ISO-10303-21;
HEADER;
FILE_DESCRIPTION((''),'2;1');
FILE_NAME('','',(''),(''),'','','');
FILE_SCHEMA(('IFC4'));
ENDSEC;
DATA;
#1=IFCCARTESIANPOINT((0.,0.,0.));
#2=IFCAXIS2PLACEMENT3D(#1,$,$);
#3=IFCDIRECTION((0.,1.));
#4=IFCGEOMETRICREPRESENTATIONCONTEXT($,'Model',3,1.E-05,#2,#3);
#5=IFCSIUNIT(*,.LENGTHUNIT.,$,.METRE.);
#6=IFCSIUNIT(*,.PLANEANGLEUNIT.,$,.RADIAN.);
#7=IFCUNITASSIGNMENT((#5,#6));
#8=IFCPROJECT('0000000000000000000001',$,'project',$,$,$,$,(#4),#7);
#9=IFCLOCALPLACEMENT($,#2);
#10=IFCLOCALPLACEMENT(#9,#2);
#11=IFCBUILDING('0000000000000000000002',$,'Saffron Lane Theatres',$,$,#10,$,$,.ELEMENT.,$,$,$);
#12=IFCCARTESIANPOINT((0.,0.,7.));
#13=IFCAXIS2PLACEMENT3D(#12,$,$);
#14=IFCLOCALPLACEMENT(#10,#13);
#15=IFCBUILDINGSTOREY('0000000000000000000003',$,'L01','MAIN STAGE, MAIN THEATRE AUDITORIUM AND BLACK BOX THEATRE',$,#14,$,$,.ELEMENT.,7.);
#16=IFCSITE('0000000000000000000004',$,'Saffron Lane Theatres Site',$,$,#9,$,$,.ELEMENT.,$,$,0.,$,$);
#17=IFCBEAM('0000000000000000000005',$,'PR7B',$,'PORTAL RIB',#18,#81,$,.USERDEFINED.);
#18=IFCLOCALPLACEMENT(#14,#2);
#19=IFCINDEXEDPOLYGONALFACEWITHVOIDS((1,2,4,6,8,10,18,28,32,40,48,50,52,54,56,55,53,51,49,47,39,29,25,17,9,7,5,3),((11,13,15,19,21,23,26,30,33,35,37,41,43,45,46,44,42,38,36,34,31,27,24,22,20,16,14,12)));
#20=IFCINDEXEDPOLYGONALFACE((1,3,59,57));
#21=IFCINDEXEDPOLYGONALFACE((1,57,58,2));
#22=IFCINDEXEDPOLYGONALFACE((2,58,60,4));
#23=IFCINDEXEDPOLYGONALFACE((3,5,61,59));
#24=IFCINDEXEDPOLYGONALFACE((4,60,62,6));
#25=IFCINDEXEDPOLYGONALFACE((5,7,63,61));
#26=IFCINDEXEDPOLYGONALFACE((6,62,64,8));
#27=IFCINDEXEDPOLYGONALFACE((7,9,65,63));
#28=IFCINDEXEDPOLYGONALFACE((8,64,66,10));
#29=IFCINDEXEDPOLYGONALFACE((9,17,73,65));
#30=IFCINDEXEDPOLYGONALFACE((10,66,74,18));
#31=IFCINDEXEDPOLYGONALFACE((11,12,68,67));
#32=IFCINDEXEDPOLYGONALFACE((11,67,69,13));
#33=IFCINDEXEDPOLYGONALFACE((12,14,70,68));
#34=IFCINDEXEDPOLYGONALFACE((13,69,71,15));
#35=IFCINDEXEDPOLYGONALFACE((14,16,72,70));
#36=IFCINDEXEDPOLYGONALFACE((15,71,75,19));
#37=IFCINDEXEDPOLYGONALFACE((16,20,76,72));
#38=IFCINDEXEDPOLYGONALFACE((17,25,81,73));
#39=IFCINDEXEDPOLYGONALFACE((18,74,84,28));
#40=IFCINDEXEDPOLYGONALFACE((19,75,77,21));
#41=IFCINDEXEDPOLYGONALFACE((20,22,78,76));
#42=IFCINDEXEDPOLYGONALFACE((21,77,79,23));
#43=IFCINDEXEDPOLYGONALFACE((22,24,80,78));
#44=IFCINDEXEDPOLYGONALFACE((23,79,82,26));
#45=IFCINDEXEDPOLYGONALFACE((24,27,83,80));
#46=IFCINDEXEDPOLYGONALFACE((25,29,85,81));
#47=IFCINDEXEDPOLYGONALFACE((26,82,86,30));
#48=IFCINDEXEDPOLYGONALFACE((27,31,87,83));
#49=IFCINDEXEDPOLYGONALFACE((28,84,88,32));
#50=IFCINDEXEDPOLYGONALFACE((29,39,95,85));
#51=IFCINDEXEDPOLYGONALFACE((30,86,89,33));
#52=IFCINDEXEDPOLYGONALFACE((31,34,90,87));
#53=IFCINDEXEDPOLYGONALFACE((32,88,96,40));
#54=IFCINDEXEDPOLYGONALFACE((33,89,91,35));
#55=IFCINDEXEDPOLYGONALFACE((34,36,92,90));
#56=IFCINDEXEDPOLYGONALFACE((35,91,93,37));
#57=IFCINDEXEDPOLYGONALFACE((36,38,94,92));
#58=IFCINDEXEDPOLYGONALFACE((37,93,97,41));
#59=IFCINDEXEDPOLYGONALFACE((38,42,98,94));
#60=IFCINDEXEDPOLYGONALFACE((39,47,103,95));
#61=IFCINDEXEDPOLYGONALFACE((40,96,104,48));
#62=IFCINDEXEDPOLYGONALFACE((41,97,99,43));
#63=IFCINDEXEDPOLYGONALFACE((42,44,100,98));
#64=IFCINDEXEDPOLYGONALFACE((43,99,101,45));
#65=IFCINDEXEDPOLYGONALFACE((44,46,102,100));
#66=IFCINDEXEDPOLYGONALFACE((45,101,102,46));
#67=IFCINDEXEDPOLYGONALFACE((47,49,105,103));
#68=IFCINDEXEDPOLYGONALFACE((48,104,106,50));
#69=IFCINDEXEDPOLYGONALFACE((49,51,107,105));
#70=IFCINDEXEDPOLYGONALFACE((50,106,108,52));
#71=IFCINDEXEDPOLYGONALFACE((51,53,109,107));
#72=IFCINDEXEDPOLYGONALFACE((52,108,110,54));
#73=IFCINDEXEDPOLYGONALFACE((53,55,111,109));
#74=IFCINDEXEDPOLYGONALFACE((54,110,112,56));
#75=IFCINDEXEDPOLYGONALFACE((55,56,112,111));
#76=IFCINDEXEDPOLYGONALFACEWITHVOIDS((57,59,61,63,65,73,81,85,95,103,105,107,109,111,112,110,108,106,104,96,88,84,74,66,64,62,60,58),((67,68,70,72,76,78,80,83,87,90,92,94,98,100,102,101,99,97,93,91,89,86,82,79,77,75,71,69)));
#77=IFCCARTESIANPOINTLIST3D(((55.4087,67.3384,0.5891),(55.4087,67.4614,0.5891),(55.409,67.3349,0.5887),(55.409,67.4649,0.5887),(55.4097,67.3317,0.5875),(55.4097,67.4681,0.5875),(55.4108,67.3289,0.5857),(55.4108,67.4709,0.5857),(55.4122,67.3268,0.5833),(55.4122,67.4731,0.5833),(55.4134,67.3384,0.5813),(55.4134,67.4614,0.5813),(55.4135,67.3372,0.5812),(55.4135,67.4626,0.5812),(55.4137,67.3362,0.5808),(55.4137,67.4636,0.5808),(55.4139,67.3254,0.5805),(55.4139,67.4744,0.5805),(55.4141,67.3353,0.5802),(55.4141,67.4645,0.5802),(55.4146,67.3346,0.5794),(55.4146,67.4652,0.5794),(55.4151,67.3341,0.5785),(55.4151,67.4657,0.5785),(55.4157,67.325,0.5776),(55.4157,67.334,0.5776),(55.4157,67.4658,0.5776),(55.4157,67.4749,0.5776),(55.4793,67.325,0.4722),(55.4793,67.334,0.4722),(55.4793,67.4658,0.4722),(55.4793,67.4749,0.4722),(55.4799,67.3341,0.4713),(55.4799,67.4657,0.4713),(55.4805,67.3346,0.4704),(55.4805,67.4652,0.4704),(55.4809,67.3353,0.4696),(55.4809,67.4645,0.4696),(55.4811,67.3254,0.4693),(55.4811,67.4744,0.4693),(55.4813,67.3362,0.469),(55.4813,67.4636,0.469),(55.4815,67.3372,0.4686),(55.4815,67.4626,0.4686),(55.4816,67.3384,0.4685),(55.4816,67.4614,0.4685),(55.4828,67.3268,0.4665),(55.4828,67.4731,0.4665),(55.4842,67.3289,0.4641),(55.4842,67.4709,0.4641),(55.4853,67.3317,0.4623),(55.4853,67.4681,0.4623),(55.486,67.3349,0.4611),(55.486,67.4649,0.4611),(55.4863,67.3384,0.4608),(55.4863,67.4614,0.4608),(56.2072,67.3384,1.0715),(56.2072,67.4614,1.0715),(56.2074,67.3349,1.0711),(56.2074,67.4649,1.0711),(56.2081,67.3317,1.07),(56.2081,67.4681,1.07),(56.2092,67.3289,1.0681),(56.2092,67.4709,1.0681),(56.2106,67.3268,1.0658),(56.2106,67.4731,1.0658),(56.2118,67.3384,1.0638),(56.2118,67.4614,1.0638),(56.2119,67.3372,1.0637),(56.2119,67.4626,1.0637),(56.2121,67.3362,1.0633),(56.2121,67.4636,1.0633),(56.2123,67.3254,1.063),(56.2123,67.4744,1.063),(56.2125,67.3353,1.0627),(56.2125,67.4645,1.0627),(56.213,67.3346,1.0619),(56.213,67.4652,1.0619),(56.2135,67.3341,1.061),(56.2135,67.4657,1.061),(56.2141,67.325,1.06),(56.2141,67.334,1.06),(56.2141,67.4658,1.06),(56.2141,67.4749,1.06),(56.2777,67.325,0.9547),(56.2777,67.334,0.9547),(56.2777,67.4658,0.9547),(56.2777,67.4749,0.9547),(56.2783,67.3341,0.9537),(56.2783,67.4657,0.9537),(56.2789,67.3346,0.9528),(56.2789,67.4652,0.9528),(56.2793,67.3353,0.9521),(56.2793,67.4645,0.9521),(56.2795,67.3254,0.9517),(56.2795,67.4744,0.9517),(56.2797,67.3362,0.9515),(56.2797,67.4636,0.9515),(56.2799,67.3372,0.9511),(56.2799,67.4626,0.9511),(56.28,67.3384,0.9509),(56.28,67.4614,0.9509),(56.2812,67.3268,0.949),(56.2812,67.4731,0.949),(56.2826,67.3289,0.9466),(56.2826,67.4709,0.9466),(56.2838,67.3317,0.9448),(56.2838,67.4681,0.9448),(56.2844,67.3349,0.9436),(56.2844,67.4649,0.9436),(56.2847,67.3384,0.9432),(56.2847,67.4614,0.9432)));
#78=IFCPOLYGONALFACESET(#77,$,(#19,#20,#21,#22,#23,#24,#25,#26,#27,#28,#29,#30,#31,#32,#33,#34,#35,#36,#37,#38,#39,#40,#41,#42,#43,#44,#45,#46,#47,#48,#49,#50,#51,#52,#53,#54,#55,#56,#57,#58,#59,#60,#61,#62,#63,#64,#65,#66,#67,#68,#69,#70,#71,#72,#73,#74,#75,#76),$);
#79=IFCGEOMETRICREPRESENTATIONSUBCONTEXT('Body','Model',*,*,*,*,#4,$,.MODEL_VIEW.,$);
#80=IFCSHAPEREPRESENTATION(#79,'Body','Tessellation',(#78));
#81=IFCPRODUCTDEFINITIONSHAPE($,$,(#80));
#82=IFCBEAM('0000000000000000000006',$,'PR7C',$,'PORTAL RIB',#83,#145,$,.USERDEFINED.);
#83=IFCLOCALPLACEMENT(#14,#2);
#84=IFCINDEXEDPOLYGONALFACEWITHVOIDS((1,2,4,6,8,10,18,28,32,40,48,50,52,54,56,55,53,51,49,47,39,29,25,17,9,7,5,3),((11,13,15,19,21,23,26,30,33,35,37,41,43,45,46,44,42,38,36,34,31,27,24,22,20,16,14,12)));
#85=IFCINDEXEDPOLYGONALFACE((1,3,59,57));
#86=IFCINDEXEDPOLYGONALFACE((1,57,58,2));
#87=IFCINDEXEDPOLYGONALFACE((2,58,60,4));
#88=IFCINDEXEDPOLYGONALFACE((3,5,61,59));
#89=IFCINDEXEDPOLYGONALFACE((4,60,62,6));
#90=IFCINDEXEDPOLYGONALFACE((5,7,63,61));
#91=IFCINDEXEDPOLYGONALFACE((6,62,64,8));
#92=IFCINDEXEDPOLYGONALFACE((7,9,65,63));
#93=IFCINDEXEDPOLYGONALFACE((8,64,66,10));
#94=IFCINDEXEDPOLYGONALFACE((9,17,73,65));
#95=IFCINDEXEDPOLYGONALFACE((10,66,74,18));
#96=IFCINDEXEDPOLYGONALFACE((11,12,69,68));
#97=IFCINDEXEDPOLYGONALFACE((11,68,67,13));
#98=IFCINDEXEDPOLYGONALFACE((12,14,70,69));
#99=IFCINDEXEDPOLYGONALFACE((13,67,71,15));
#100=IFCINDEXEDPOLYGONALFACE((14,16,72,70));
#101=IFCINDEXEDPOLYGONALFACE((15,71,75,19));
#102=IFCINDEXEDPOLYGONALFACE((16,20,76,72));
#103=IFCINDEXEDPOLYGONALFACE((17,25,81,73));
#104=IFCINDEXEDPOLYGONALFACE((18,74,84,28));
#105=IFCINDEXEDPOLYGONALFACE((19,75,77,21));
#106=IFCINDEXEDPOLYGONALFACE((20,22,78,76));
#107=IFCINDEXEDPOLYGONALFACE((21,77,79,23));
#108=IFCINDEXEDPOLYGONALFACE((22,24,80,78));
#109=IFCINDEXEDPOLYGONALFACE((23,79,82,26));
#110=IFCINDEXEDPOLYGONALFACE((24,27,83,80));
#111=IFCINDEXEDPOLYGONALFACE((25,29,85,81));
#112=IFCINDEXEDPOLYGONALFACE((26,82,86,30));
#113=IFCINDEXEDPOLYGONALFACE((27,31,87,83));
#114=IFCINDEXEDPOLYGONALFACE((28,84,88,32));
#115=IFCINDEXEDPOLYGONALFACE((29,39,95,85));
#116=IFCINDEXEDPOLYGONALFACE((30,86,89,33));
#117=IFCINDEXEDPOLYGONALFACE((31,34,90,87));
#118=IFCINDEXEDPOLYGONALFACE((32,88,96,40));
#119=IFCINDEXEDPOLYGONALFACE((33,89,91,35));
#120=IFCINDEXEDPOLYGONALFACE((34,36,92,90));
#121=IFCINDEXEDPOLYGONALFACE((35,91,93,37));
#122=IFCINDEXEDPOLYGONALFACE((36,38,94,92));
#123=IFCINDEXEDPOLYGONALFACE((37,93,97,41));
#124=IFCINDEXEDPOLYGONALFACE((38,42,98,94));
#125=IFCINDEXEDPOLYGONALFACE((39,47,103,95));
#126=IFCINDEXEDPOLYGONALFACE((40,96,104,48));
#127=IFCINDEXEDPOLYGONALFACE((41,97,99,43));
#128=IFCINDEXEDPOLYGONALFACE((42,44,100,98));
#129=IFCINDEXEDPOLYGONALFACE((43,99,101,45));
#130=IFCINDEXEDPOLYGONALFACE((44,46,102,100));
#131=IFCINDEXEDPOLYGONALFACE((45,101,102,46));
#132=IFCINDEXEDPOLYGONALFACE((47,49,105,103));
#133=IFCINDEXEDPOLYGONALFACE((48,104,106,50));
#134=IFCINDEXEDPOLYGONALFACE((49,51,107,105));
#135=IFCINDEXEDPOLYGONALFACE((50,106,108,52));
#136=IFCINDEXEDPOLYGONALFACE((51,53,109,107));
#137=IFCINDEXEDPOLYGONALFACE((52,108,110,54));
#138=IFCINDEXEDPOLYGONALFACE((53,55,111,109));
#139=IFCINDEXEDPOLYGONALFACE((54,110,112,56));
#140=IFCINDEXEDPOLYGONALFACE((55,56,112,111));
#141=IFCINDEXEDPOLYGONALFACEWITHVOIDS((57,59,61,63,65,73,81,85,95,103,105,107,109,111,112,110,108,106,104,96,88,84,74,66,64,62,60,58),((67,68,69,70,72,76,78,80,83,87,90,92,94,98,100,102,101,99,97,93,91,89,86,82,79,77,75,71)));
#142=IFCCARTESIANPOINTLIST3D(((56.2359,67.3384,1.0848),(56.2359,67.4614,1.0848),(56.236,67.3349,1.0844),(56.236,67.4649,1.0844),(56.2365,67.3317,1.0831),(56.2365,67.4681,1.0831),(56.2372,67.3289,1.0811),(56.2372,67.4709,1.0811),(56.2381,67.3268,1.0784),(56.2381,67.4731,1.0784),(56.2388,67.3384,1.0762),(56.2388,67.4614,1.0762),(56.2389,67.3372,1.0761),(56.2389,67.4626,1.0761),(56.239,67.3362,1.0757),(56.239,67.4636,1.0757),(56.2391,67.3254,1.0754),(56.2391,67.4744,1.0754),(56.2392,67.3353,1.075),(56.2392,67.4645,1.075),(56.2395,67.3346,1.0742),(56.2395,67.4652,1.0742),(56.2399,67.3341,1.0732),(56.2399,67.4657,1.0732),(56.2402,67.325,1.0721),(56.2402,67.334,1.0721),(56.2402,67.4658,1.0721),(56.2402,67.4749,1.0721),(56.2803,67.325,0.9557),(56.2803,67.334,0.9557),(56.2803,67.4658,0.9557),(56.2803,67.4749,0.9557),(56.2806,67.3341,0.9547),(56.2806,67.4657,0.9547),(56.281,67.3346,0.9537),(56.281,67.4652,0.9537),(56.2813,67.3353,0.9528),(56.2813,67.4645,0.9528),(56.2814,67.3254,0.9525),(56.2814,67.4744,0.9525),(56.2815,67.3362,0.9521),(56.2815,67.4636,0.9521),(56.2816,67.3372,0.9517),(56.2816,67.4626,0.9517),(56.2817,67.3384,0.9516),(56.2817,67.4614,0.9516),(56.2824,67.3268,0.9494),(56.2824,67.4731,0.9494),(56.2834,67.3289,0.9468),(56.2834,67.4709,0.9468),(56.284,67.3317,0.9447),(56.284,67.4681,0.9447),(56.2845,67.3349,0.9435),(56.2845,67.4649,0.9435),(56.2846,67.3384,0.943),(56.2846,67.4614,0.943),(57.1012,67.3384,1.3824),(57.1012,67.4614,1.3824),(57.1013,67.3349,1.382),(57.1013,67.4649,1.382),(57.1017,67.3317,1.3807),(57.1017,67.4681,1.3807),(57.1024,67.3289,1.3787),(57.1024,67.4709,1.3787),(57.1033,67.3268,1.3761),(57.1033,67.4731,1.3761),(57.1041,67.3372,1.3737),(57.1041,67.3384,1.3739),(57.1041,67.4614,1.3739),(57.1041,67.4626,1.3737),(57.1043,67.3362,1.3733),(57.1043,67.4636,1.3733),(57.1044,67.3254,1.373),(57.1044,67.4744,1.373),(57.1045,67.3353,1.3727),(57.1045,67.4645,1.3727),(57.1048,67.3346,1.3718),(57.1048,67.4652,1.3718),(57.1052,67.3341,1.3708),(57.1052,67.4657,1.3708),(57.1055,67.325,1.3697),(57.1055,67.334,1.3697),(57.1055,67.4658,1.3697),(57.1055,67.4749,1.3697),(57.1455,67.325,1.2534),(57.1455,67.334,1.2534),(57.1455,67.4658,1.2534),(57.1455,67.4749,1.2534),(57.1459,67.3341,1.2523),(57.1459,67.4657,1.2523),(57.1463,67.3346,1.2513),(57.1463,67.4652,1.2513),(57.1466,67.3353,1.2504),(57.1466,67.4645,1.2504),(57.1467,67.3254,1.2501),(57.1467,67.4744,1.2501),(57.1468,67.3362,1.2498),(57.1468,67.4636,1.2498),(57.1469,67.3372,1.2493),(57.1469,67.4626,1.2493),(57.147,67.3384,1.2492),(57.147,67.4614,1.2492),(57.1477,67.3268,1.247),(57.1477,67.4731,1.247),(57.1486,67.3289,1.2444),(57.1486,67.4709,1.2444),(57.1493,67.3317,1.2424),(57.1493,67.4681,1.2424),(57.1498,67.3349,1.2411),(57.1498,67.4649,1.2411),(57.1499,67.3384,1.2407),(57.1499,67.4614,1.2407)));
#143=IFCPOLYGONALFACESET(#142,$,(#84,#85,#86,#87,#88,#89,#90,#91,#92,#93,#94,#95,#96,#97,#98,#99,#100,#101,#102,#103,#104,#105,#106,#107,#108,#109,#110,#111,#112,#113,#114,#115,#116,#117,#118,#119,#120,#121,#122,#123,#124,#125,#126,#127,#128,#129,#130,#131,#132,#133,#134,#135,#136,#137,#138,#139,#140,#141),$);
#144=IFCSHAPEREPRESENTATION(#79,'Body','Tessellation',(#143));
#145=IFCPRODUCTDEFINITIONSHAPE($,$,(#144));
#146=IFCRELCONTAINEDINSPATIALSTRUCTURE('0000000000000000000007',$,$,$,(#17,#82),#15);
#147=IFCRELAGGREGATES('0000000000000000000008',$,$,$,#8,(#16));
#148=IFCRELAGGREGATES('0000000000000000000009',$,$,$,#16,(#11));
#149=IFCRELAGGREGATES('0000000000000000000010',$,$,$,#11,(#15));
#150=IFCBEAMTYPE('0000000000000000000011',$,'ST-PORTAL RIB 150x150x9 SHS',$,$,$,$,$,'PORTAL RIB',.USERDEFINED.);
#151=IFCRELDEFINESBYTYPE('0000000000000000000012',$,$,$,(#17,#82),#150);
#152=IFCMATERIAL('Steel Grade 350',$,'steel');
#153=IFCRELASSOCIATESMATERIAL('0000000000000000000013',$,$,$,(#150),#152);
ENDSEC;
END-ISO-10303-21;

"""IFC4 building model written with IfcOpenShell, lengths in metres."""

from ifc_helpers import new_model, si_unit, direction, frame, origin, origin_2d, place, context, subcontext, project, spatial, hollow_rectangle, extrude, material, material_profile, profile_set, type_object, element, save


model = new_model("IFC4")

# Units and contexts
model_context = context("Model", 3, precision=1e-05, world=origin(), true_north=direction((0.0, 1.0)))
body_context = subcontext(model_context, "Body", "Model", "MODEL_VIEW")
ifc_project = project(units=[si_unit("LENGTHUNIT", "METRE"), si_unit("PLANEANGLEUNIT", "RADIAN")], contexts=[model_context])

# Site, building, storey
site_placement = place(None, origin())
site = spatial("IfcSite", under=ifc_project, at=site_placement, Name="Saffron Lane Theatres Site", CompositionType="ELEMENT", RefElevation=0.0)
building_placement = place(site_placement, origin())
building = spatial("IfcBuilding", under=site, at=building_placement, Name="Saffron Lane Theatres", CompositionType="ELEMENT")
storey_placement = place(building_placement, frame((0.0, 0.0, 7.0)))
storey = spatial("IfcBuildingStorey", under=building, at=storey_placement, Name="L01", Description="MAIN STAGE, MAIN THEATRE AUDITORIUM AND BLACK BOX THEATRE", CompositionType="ELEMENT", Elevation=7.0)

# Beams
ifc_material_1 = material(Name="Steel Grade 350", Category="steel")
ifc_material_profile_1 = material_profile(ifc_material_1, hollow_rectangle(XDim=0.1499, YDim=0.1499, WallThickness=0.009, InnerFilletRadius=0.0044, OuterFilletRadius=0.0134, at=origin_2d()))
ifc_profile_set_1 = profile_set([ifc_material_profile_1], Name="Steel Grade 350")
beam_type_1 = type_object("IfcBeamType", Name="ST-PORTAL RIB 150x150x9 SHS", ElementType="PORTAL RIB", PredefinedType="USERDEFINED", material=ifc_profile_set_1)
beam_1_placement = place(storey_placement, frame((55.4475, 67.3999, 0.5249), z_axis=(0.855872, 0.0, 0.517188), x_axis=(0.0, 1.0, 0.0)))
element("IfcBeam", 1, at=beam_1_placement, inside=storey, type_object=beam_type_1, Name="PR7B", ObjectType="PORTAL RIB", PredefinedType="USERDEFINED", context=body_context, shape_type="SweptSolid", body=[
    extrude(hollow_rectangle(XDim=0.1499, YDim=0.1499, WallThickness=0.009, InnerFilletRadius=0.0044, OuterFilletRadius=0.0134, at=origin_2d()), origin(), (0.0, 0.0, 1.0), 0.9329),
])
beam_2_placement = place(storey_placement, frame((56.2603, 67.3999, 1.0139), z_axis=(0.945625, 0.0, 0.325259), x_axis=(0.0, 1.0, 0.0)))
element("IfcBeam", 2, at=beam_2_placement, inside=storey, type_object=beam_type_1, Name="PR7C", ObjectType="PORTAL RIB", PredefinedType="USERDEFINED", context=body_context, shape_type="SweptSolid", body=[
    extrude(hollow_rectangle(XDim=0.1499, YDim=0.1499, WallThickness=0.009, InnerFilletRadius=0.0044, OuterFilletRadius=0.0134, at=origin_2d()), origin(), (0.0, 0.0, 1.0), 0.915),
])

save(model, "model.ifc")
